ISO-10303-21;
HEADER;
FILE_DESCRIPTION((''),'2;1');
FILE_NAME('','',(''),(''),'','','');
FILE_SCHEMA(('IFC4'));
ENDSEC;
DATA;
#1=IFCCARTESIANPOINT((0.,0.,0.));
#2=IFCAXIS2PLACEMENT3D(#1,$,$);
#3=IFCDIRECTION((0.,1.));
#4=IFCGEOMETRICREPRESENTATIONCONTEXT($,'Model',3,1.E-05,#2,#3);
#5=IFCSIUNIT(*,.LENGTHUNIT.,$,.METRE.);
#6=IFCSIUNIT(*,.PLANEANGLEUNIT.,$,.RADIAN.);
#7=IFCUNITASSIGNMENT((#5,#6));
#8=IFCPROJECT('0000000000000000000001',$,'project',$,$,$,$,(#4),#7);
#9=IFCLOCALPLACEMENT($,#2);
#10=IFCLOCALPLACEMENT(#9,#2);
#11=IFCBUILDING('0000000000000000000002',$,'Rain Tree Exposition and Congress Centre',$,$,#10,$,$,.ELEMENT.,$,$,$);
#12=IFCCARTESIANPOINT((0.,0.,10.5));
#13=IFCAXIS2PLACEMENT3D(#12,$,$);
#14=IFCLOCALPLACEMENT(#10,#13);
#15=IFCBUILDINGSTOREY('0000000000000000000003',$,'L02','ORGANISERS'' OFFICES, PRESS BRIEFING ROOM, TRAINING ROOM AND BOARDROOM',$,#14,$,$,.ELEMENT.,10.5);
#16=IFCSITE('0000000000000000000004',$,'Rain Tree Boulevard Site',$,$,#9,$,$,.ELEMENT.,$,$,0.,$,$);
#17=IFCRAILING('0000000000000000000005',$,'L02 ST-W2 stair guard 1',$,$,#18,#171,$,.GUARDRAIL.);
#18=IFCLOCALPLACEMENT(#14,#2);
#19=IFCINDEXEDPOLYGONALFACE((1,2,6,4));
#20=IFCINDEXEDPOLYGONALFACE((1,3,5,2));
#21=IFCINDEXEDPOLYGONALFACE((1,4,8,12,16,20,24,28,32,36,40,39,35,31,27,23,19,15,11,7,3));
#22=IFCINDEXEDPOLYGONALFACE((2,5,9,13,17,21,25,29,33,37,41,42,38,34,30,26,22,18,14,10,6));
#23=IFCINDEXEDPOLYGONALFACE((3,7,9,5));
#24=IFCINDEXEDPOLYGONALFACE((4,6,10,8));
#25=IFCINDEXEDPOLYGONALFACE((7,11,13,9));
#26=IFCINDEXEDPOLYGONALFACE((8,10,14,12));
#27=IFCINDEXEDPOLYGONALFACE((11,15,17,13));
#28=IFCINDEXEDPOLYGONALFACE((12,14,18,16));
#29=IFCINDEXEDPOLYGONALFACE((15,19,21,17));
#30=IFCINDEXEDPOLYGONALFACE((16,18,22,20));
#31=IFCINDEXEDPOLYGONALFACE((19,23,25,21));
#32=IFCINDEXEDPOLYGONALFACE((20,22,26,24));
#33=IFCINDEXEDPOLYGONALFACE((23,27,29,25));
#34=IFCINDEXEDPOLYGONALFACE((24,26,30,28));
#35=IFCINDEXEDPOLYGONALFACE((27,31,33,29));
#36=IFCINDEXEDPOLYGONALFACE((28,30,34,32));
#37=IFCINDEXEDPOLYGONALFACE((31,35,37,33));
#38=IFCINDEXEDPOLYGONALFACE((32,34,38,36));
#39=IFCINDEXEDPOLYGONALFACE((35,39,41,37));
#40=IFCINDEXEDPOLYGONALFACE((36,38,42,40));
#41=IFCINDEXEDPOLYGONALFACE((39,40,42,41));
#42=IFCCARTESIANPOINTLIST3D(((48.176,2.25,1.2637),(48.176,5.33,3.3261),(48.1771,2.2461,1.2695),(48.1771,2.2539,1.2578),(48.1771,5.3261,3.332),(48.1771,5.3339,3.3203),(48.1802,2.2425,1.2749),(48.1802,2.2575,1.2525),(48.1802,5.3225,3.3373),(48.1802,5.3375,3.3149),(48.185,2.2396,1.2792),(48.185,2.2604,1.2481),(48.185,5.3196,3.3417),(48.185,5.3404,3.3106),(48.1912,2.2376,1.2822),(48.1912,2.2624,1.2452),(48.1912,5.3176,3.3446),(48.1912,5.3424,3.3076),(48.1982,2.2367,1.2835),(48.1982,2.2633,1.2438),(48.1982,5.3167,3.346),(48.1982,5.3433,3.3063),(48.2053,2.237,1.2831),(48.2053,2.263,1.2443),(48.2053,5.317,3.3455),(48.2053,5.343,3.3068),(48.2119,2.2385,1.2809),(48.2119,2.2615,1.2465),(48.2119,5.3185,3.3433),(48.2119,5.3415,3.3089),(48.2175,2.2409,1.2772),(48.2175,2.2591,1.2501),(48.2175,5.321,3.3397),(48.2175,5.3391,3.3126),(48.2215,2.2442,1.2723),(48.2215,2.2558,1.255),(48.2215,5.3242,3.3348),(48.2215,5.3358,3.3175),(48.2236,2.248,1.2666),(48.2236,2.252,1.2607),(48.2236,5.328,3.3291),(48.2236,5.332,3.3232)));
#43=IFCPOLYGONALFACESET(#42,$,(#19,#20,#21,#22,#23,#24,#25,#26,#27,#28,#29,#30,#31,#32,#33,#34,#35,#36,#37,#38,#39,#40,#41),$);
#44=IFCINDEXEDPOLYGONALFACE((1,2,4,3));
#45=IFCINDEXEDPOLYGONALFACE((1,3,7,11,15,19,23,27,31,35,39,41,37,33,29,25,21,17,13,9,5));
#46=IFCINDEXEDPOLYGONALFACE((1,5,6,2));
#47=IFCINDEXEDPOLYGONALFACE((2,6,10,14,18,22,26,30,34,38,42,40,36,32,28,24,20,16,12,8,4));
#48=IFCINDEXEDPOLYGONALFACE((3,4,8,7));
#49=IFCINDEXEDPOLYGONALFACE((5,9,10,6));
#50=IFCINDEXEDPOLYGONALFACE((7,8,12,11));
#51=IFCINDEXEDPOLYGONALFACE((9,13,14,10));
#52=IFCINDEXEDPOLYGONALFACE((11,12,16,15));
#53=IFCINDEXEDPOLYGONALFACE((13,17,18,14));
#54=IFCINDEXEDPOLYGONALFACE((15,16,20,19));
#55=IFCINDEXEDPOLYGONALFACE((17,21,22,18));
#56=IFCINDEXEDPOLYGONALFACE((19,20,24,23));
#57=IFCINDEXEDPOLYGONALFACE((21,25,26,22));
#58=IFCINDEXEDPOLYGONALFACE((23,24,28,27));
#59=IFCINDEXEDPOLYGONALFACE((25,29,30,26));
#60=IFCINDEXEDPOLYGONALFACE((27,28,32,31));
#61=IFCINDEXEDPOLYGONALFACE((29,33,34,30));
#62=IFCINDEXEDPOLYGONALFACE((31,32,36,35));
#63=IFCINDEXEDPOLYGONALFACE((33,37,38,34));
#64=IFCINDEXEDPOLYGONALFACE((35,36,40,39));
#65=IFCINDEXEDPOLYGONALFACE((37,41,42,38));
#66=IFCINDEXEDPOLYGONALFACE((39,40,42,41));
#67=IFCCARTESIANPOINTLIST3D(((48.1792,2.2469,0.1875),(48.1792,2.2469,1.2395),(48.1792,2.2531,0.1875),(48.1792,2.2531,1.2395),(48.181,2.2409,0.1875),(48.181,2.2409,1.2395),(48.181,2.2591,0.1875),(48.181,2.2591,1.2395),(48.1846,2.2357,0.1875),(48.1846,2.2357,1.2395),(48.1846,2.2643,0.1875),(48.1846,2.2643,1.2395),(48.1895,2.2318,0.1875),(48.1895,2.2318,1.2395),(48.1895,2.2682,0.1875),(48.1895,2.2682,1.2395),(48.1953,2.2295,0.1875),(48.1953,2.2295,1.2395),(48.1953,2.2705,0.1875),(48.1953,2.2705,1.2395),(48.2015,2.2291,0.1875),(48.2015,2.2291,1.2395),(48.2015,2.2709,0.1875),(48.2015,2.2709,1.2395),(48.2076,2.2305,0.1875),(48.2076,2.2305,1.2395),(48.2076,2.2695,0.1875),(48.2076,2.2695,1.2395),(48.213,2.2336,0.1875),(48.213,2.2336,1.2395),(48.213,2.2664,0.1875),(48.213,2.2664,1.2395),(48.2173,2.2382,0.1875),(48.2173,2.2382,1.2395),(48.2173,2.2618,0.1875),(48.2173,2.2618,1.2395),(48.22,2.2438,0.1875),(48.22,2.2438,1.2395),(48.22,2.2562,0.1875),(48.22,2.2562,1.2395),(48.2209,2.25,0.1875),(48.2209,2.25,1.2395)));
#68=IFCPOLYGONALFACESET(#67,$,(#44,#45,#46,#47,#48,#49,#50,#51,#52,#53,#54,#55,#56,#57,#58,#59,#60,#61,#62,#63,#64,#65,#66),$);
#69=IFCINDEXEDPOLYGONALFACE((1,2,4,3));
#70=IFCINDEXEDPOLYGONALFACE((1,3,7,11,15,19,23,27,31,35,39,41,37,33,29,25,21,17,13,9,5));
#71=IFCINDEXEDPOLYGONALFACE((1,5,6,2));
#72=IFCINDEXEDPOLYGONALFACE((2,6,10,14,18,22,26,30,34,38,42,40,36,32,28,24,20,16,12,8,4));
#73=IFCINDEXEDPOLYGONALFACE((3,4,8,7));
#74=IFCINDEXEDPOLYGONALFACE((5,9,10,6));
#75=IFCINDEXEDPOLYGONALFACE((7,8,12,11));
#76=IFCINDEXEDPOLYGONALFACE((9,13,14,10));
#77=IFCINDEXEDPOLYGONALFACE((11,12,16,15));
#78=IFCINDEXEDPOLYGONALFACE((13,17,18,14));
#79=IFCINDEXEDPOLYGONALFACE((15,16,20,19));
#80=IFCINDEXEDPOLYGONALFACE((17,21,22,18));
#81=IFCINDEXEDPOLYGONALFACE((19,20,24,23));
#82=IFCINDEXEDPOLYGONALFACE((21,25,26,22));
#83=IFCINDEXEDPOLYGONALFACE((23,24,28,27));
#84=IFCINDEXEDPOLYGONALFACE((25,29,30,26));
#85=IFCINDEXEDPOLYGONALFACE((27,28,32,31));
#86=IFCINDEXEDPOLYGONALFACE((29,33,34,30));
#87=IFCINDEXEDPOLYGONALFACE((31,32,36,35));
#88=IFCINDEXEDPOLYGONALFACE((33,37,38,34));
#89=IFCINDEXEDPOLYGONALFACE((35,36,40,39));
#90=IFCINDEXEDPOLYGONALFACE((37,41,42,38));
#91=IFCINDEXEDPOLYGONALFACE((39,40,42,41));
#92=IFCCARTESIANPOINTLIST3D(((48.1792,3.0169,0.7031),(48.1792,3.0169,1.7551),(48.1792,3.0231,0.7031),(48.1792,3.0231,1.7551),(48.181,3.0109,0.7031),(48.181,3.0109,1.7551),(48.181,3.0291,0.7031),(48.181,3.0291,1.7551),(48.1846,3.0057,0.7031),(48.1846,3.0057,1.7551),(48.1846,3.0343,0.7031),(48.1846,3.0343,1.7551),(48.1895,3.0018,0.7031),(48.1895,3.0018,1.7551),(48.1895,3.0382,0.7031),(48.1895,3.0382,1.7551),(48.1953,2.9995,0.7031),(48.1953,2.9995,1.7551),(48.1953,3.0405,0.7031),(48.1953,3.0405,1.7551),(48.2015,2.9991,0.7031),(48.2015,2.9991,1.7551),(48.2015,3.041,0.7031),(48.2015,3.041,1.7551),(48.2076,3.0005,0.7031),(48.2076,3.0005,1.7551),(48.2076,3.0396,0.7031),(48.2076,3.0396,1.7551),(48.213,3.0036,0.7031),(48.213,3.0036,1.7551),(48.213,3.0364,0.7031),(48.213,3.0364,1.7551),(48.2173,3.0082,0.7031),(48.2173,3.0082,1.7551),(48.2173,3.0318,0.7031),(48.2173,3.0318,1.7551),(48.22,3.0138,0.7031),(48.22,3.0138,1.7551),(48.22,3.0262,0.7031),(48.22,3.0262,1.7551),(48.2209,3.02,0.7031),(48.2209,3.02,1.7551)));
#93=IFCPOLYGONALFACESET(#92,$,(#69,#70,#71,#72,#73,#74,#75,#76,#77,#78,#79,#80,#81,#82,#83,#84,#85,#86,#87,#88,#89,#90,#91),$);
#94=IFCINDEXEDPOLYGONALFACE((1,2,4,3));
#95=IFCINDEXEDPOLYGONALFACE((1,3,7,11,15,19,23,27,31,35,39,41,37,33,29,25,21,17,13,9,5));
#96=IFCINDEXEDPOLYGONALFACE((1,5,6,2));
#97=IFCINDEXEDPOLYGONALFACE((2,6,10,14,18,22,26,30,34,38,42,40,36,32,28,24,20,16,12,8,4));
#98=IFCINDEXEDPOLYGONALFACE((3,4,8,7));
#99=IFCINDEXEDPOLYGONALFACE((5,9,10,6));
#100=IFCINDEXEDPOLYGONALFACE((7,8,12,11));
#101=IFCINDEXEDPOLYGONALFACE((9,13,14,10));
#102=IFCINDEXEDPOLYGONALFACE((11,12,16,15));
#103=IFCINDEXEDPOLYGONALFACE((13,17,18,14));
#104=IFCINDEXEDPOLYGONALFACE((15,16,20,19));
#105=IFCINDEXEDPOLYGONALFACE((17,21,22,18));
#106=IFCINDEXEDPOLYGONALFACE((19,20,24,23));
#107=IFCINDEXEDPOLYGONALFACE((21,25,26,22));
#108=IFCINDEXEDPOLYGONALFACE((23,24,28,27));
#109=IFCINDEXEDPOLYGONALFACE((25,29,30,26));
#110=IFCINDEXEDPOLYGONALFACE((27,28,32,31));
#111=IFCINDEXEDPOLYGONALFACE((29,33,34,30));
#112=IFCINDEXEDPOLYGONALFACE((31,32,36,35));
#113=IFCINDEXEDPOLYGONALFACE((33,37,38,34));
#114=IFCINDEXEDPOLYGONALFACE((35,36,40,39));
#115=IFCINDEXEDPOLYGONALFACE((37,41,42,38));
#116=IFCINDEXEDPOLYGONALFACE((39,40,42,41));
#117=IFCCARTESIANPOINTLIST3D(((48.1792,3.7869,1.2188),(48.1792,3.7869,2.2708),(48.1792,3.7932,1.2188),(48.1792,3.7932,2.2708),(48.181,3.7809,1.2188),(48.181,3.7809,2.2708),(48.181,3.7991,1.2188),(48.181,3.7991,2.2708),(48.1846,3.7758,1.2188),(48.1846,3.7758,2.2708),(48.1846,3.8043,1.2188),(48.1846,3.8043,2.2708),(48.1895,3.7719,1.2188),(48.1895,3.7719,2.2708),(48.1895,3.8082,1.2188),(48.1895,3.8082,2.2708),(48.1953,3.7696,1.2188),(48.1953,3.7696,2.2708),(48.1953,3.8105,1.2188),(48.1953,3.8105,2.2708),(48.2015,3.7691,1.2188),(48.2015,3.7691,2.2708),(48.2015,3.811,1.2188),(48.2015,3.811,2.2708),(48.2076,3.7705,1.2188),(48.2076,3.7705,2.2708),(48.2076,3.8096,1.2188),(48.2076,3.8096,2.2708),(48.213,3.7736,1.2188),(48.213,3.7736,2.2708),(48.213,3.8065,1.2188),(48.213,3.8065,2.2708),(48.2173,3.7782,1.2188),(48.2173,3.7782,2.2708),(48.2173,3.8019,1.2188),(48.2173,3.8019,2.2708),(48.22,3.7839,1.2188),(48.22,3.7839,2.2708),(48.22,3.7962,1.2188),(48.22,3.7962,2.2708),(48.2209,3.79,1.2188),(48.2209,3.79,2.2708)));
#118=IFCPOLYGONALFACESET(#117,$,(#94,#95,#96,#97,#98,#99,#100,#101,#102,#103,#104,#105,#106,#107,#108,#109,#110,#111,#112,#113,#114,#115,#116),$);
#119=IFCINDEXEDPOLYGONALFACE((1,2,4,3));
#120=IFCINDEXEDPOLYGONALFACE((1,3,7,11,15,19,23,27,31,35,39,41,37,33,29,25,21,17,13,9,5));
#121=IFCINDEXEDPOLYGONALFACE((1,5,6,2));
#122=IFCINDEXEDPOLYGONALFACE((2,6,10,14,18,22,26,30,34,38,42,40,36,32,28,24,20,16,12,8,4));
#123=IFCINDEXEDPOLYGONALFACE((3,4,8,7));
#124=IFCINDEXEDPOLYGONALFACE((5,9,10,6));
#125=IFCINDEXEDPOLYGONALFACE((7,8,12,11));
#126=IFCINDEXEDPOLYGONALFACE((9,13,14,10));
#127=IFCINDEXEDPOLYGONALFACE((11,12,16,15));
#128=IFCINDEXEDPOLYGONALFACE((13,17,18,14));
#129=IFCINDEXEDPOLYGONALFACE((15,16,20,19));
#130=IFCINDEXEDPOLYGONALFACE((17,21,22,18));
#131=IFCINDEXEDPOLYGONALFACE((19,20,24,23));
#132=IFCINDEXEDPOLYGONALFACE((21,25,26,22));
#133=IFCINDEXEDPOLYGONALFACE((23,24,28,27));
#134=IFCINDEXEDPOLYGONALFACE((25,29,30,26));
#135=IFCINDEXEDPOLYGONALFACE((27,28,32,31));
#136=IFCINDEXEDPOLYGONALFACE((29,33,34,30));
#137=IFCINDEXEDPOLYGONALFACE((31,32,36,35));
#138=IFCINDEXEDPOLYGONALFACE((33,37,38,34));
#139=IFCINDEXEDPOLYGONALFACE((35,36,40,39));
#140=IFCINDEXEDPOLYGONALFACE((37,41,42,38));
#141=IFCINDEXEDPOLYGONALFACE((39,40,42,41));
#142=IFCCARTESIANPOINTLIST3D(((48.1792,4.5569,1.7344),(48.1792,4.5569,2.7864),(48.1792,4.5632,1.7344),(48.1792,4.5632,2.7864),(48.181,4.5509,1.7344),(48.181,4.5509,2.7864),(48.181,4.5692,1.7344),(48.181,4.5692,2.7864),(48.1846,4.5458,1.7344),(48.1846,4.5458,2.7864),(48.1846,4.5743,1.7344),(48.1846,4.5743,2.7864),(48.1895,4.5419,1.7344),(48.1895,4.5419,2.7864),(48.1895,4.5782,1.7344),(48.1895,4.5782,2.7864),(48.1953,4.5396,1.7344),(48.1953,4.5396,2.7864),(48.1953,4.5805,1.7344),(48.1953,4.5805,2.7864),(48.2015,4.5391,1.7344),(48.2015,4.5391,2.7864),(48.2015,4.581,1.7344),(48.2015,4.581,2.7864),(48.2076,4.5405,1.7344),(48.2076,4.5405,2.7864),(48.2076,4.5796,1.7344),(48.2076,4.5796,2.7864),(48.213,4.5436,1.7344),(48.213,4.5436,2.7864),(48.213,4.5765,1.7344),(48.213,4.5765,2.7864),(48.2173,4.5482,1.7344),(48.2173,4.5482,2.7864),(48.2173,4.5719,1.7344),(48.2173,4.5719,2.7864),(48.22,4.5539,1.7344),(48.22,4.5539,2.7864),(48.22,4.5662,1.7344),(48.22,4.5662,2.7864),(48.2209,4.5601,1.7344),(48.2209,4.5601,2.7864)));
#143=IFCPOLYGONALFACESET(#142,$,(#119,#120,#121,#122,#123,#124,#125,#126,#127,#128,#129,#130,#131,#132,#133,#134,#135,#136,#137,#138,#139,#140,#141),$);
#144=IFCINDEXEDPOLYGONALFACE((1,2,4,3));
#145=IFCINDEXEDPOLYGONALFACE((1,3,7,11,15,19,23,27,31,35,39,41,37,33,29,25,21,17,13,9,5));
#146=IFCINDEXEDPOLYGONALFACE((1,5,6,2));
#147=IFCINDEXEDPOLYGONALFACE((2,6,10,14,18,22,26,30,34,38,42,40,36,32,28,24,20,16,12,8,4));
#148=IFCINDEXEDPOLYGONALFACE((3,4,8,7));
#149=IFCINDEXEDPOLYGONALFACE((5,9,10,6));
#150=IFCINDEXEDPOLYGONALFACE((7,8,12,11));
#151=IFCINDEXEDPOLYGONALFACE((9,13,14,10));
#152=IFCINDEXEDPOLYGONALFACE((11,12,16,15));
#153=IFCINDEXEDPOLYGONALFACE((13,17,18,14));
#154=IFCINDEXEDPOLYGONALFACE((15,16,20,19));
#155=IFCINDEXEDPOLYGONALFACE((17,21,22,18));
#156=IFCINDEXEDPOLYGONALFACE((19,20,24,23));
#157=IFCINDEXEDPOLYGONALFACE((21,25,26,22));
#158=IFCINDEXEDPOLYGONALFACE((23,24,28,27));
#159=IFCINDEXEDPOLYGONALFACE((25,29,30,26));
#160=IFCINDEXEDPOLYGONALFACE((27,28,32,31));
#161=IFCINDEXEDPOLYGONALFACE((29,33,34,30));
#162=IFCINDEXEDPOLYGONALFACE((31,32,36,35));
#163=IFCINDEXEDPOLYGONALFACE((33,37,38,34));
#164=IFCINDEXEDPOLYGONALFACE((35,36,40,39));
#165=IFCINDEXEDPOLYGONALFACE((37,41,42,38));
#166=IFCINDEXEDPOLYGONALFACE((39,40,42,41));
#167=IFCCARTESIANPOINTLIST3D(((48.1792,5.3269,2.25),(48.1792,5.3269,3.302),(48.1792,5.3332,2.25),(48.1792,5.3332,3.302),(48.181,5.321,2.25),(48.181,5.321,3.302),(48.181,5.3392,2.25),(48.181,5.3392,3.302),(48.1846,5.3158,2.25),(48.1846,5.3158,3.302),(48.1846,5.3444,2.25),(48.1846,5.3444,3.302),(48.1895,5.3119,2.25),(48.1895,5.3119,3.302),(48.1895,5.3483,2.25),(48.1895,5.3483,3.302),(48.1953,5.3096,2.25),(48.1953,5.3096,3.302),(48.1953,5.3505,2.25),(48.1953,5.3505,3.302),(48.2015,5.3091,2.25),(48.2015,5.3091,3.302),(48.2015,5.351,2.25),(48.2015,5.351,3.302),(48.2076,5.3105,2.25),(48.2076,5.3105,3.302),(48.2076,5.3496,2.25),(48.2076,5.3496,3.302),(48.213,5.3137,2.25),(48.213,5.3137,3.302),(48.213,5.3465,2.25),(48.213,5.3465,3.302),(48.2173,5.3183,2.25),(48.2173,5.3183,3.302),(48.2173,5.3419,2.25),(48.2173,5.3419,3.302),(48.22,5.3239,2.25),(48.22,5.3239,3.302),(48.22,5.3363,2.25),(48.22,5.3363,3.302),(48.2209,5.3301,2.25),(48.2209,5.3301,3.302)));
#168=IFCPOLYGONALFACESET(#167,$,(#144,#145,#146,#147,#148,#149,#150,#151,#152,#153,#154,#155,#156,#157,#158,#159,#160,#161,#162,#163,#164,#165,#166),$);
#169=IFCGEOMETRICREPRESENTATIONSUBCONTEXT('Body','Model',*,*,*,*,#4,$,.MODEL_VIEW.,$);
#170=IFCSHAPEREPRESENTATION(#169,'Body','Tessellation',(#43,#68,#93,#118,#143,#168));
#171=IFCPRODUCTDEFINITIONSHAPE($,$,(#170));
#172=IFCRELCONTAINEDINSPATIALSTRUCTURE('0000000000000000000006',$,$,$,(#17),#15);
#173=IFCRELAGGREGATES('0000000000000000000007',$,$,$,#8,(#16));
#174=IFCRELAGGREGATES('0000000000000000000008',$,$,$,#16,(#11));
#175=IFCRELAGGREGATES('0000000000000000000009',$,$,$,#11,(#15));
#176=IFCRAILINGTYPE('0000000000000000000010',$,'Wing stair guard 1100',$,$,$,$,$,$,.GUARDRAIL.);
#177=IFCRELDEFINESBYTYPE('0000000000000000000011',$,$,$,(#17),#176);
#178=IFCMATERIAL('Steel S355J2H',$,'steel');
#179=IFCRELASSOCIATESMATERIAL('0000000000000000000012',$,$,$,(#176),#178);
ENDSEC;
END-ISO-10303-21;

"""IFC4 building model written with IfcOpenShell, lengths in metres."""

from ifc_helpers import new_model, si_unit, direction, frame, origin, origin_2d, place, context, subcontext, project, spatial, circle, extrude, material, type_object, element, save


model = new_model("IFC4")

# Units and contexts
model_context = context("Model", 3, precision=1e-05, world=origin(), true_north=direction((0.0, 1.0)))
body_context = subcontext(model_context, "Body", "Model", "MODEL_VIEW")
ifc_project = project(units=[si_unit("LENGTHUNIT", "METRE"), si_unit("PLANEANGLEUNIT", "RADIAN")], contexts=[model_context])

# Site, building, storey
site_placement = place(None, origin())
site = spatial("IfcSite", under=ifc_project, at=site_placement, Name="Rain Tree Boulevard Site", CompositionType="ELEMENT", RefElevation=0.0)
building_placement = place(site_placement, origin())
building = spatial("IfcBuilding", under=site, at=building_placement, Name="Rain Tree Exposition and Congress Centre", CompositionType="ELEMENT")
storey_placement = place(building_placement, frame((0.0, 0.0, 10.5)))
storey = spatial("IfcBuildingStorey", under=building, at=storey_placement, Name="L02", Description="ORGANISERS' OFFICES, PRESS BRIEFING ROOM, TRAINING ROOM AND BOARDROOM", CompositionType="ELEMENT", Elevation=10.5)

# Railing
ifc_material_1 = material(Name="Steel S355J2H", Category="steel")
railing_type_1 = type_object("IfcRailingType", Name="Wing stair guard 1100", PredefinedType="GUARDRAIL", material=ifc_material_1)
railing_1_placement = place(storey_placement, frame((48.2, 2.25, 0.1875)))
element("IfcRailing", 1, at=railing_1_placement, inside=storey, type_object=railing_type_1, Name="L02 ST-W2 stair guard 1", PredefinedType="GUARDRAIL", context=body_context, shape_type="SweptSolid", body=[
    extrude(circle(Radius=0.0239, at=origin_2d()), frame((0.0, 0.0, 1.0762), z_axis=(0.0, 0.830914, 0.556401), x_axis=(-1.0, 0.0, 0.0)), (0.0, 0.0, 1.0), 3.7068),
    extrude(circle(Radius=0.021, at=origin_2d()), origin(), (0.0, 0.0, 1.0), 1.052),
    extrude(circle(Radius=0.021, at=origin_2d()), frame((0.0, 0.77, 0.5156)), (0.0, 0.0, 1.0), 1.052),
    extrude(circle(Radius=0.021, at=origin_2d()), frame((0.0, 1.54, 1.0312)), (0.0, 0.0, 1.0), 1.052),
    extrude(circle(Radius=0.021, at=origin_2d()), frame((0.0, 2.3101, 1.5469)), (0.0, 0.0, 1.0), 1.052),
    extrude(circle(Radius=0.021, at=origin_2d()), frame((0.0, 3.0801, 2.0625)), (0.0, 0.0, 1.0), 1.052),
])

save(model, "model.ifc")
